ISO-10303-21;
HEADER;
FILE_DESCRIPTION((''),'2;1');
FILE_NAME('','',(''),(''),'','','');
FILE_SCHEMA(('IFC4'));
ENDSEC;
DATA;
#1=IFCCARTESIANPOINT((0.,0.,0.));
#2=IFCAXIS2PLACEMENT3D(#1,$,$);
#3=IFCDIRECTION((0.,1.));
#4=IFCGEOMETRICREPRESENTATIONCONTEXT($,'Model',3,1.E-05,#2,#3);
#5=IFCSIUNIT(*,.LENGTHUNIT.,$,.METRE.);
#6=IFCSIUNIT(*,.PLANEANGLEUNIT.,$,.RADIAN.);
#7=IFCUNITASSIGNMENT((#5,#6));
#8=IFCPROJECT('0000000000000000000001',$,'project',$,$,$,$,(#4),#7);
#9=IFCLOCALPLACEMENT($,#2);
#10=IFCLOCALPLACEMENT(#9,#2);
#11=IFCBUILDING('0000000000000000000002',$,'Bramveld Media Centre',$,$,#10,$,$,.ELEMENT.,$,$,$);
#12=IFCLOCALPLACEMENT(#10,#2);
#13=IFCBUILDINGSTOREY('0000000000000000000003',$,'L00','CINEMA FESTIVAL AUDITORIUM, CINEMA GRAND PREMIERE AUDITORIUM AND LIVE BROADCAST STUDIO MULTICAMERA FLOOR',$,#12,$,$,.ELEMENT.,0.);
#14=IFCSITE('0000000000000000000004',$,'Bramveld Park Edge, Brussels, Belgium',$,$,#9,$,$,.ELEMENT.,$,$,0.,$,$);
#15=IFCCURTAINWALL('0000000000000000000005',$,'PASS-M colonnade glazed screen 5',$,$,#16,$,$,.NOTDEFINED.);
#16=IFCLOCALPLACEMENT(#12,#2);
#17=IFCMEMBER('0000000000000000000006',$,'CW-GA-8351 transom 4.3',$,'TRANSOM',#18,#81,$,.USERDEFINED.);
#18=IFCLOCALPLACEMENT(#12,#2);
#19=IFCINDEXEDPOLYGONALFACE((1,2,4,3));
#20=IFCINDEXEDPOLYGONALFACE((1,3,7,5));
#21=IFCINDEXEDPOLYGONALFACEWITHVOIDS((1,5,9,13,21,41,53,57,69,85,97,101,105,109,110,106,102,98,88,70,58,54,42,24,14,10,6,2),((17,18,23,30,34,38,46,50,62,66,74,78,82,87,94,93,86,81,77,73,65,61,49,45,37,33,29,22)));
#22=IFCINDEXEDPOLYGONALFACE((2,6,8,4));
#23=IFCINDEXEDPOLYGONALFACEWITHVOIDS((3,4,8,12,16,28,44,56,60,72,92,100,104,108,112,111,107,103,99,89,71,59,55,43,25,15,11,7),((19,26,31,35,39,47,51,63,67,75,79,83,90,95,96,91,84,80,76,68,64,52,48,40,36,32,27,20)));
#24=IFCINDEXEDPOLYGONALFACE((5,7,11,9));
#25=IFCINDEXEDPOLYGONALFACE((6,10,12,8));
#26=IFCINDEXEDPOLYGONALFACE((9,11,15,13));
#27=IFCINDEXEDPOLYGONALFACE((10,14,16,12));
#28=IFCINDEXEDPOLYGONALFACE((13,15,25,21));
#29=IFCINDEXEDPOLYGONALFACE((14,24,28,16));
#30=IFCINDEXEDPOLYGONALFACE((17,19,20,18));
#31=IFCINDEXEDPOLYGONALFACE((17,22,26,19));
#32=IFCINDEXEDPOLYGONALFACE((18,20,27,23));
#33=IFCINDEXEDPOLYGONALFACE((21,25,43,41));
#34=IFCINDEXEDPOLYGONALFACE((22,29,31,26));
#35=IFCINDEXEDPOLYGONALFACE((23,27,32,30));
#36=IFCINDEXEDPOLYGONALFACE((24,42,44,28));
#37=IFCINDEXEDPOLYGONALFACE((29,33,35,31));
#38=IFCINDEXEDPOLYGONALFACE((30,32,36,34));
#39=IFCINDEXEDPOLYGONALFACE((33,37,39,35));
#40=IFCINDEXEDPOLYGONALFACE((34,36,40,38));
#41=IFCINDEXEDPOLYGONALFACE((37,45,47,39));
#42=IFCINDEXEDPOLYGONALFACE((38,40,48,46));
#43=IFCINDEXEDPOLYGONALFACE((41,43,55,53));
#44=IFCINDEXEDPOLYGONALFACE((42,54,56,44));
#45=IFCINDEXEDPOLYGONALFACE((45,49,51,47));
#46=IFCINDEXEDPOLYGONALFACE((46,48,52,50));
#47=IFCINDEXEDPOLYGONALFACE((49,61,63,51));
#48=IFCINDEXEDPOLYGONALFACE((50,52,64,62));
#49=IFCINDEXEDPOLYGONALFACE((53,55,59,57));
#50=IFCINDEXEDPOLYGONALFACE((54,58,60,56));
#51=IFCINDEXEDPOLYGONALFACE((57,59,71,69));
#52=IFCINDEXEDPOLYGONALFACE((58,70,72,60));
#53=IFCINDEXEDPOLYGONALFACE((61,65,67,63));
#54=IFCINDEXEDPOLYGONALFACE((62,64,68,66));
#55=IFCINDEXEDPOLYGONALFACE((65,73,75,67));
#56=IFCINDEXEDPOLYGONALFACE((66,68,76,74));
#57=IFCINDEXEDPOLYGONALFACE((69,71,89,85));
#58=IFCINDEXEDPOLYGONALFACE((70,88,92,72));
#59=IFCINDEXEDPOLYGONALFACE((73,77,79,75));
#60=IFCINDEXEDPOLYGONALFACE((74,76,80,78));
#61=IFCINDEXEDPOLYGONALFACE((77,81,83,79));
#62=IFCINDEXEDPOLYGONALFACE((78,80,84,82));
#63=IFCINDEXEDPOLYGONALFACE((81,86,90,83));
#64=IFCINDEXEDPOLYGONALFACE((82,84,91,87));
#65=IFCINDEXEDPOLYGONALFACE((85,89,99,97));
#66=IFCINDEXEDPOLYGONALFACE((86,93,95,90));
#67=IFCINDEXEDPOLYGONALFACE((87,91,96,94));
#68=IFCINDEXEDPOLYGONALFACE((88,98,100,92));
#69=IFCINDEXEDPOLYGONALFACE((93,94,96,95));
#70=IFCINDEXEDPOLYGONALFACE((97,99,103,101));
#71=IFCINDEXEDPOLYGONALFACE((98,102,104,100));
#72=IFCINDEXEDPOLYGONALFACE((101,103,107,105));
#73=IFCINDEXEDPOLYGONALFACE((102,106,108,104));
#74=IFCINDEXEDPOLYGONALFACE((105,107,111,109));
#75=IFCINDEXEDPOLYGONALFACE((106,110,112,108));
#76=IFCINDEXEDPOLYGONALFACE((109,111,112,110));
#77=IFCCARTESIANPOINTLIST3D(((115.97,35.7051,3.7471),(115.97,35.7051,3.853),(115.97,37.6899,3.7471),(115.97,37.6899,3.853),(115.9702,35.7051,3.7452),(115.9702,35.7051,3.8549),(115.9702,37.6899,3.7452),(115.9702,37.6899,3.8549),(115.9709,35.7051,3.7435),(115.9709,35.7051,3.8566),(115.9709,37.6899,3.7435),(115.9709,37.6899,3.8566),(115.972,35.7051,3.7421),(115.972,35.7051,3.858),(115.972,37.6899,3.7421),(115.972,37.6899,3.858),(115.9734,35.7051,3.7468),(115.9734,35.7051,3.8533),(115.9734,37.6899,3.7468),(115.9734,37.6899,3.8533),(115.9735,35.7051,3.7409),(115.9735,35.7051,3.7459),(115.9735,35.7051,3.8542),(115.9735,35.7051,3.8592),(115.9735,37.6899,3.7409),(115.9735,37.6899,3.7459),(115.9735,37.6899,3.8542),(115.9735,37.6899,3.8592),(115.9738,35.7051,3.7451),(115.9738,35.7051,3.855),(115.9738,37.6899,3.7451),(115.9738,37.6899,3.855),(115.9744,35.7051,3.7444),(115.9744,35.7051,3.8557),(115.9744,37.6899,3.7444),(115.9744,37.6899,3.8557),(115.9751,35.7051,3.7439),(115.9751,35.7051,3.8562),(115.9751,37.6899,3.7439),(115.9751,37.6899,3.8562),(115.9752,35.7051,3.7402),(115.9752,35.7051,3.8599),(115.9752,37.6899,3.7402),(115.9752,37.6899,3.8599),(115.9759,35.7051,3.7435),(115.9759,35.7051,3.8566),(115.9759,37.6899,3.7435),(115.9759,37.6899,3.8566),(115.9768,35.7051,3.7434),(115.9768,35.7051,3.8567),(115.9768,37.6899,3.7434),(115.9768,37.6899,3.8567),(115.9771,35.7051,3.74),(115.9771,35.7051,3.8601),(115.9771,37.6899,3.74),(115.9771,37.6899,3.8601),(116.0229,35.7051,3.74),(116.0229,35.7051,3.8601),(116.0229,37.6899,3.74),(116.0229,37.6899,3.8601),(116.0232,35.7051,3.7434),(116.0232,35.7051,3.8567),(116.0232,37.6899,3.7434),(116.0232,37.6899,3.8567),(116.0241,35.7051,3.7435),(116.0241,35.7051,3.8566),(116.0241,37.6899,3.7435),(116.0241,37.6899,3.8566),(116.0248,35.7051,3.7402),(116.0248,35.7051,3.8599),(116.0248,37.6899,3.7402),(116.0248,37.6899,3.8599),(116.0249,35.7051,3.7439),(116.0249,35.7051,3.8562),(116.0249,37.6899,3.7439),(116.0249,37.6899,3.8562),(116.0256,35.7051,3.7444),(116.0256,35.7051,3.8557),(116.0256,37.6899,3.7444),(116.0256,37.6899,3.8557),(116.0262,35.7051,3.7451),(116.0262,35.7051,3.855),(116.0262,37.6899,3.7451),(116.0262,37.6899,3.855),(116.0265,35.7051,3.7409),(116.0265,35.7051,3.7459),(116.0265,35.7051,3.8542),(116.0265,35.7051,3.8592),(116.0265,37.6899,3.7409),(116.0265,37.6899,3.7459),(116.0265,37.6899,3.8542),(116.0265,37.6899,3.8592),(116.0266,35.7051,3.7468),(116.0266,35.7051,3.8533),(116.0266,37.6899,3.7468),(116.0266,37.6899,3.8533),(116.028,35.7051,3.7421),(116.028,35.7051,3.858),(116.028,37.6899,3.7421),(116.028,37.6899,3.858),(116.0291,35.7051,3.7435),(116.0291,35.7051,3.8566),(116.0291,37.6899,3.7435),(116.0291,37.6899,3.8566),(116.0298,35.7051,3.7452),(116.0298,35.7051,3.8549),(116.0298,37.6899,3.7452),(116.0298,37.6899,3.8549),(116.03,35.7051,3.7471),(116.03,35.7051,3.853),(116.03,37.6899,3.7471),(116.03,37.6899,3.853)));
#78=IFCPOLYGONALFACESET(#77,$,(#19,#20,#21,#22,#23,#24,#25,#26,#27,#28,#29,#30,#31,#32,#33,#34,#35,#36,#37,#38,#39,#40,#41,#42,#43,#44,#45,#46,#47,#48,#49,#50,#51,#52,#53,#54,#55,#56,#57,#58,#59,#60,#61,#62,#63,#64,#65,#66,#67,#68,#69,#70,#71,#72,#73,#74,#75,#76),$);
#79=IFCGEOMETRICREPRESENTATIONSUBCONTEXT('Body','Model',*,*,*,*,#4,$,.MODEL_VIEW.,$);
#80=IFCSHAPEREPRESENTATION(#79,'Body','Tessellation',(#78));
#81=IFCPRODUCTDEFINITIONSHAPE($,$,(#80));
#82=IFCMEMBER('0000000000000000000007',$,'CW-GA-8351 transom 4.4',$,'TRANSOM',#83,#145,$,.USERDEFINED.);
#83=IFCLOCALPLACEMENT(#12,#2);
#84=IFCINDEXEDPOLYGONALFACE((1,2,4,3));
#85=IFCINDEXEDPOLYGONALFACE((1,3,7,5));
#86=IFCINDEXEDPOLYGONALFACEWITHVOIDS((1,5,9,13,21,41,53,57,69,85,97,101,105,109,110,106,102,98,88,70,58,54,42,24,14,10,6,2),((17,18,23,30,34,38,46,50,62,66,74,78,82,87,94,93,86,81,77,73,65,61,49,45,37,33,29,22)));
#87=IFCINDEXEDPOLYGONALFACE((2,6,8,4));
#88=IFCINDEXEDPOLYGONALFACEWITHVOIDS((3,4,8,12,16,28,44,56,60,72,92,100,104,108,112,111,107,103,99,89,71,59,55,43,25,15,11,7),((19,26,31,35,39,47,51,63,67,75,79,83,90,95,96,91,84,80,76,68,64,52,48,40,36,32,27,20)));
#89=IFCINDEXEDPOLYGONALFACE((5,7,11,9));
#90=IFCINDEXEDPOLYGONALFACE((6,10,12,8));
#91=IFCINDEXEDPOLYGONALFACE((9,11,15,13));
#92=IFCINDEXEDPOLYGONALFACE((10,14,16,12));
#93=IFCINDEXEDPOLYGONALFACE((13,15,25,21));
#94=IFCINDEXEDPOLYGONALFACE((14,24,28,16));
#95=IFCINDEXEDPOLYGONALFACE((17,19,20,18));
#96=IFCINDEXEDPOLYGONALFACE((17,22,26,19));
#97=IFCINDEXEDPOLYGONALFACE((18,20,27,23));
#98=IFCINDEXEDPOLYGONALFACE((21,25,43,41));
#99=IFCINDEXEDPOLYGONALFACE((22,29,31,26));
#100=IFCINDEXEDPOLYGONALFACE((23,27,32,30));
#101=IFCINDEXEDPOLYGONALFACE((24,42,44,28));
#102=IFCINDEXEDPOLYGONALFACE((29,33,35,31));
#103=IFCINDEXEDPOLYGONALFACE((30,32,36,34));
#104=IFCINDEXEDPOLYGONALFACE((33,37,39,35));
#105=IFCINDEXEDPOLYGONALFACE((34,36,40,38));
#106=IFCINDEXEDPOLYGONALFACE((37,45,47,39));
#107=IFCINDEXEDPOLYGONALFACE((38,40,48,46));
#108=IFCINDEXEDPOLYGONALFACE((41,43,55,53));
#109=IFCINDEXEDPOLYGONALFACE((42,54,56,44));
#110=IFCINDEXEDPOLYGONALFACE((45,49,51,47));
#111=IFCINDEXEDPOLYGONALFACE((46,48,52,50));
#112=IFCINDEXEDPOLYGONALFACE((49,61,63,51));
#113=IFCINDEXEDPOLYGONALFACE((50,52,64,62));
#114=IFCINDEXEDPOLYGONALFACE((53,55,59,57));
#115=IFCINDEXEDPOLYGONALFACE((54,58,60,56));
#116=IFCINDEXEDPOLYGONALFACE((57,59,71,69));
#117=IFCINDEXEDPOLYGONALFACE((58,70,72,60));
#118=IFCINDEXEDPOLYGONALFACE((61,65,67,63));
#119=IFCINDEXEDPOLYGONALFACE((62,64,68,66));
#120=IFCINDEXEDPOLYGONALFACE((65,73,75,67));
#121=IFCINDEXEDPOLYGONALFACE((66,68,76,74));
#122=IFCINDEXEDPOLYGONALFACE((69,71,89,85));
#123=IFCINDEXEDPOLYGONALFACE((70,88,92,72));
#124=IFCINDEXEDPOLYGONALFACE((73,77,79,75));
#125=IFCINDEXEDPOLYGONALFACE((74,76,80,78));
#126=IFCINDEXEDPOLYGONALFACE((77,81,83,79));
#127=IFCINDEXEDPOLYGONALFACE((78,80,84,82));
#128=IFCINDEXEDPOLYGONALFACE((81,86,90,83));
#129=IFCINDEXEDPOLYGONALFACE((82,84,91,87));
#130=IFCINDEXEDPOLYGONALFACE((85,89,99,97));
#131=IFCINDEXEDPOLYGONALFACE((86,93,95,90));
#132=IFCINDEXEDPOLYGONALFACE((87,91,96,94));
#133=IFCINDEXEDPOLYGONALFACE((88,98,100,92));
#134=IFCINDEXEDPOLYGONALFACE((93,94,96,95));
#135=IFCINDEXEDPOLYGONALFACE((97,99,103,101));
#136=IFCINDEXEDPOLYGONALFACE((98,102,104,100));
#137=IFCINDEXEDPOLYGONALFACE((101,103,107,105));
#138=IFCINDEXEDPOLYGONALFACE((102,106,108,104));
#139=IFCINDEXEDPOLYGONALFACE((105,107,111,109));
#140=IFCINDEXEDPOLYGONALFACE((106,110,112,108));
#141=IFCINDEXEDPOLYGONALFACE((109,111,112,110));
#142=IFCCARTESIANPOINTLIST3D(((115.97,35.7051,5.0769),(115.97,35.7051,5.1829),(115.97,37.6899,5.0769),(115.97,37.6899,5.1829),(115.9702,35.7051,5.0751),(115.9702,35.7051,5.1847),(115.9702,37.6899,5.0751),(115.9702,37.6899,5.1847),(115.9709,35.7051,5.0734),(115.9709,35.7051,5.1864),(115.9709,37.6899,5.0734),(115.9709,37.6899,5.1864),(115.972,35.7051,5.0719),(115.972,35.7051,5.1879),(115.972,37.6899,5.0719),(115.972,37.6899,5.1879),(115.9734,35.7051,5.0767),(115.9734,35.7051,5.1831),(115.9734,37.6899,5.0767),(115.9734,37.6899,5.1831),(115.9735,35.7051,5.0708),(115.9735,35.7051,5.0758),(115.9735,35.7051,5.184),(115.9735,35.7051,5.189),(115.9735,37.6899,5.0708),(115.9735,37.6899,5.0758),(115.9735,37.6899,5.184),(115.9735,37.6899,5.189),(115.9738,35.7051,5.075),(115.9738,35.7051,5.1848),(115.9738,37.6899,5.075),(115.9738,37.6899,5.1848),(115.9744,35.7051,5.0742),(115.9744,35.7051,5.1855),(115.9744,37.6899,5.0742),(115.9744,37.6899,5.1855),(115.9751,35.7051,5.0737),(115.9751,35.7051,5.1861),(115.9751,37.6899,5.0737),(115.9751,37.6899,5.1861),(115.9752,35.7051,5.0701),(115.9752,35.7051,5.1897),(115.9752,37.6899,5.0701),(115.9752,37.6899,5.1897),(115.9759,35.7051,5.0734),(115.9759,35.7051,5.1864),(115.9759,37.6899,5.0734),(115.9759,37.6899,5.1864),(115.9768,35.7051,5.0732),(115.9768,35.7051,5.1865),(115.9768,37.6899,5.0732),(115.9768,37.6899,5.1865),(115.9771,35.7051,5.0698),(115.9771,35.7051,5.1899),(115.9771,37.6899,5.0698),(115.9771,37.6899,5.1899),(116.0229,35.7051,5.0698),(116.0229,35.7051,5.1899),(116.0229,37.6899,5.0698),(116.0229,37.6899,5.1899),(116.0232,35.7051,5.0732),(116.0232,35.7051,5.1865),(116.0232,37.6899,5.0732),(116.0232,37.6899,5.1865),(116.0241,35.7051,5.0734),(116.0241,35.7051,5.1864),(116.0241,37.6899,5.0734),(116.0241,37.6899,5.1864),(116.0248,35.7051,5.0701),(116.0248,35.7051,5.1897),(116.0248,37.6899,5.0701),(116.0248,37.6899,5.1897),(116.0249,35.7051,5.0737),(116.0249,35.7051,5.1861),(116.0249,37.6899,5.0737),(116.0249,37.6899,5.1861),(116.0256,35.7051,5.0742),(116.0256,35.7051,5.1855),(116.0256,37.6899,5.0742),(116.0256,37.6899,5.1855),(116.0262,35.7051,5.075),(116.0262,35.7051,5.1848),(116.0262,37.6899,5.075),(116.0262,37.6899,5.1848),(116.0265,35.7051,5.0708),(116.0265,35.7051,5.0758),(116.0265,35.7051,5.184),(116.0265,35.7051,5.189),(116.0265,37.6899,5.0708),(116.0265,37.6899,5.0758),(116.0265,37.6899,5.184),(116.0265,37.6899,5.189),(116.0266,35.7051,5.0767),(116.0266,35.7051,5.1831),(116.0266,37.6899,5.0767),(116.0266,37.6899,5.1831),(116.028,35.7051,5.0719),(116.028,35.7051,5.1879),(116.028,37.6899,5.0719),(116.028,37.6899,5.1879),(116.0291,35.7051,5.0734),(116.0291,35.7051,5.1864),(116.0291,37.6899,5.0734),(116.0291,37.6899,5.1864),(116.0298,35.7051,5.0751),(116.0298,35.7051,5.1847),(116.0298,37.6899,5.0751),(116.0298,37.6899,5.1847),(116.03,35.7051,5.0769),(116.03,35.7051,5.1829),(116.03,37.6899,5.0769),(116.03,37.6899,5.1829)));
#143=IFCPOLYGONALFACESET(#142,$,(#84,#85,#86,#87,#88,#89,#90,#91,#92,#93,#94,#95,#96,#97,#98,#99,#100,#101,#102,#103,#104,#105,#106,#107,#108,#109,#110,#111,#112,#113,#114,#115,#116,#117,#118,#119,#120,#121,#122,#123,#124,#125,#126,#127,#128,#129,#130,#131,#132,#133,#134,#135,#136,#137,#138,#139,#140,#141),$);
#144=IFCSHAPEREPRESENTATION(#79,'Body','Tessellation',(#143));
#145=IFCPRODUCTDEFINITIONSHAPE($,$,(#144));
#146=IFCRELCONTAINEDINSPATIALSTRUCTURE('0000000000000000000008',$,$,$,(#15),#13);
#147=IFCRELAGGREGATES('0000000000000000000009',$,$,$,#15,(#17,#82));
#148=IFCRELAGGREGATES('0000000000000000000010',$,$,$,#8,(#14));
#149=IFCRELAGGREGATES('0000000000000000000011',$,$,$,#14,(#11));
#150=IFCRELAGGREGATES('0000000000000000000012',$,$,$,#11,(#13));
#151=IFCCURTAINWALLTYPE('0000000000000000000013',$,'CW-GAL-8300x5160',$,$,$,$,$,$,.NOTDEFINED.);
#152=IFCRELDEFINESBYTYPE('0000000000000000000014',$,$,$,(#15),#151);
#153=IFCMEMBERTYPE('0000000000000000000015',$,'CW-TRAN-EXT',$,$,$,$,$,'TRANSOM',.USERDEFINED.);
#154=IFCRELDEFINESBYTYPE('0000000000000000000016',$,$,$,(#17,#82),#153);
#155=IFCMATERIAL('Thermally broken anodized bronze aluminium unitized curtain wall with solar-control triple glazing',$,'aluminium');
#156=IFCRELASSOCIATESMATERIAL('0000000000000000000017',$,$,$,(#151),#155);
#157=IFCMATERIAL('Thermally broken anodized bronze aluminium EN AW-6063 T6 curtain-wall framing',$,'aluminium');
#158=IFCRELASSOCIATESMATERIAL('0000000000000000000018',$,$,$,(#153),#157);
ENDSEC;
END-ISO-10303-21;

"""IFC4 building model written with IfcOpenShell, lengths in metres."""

from ifc_helpers import new_model, si_unit, direction, frame, origin, origin_2d, place, context, subcontext, project, spatial, hollow_rectangle, extrude, material, material_profile, profile_set, type_object, element, aggregate, save


model = new_model("IFC4")

# Units and contexts
model_context = context("Model", 3, precision=1e-05, world=origin(), true_north=direction((0.0, 1.0)))
body_context = subcontext(model_context, "Body", "Model", "MODEL_VIEW")
ifc_project = project(units=[si_unit("LENGTHUNIT", "METRE"), si_unit("PLANEANGLEUNIT", "RADIAN")], contexts=[model_context])

# Site, building, storey
site_placement = place(None, origin())
site = spatial("IfcSite", under=ifc_project, at=site_placement, Name="Bramveld Park Edge, Brussels, Belgium", CompositionType="ELEMENT", RefElevation=0.0)
building_placement = place(site_placement, origin())
building = spatial("IfcBuilding", under=site, at=building_placement, Name="Bramveld Media Centre", CompositionType="ELEMENT")
storey_placement = place(building_placement, origin())
storey = spatial("IfcBuildingStorey", under=building, at=storey_placement, Name="L00", Description="CINEMA FESTIVAL AUDITORIUM, CINEMA GRAND PREMIERE AUDITORIUM AND LIVE BROADCAST STUDIO MULTICAMERA FLOOR", CompositionType="ELEMENT", Elevation=0.0)

# Curtain wall, members
ifc_material_1 = material(Name="Thermally broken anodized bronze aluminium unitized curtain wall with solar-control triple glazing", Category="aluminium")
curtain_wall_type = type_object("IfcCurtainWallType", Name="CW-GAL-8300x5160", PredefinedType="NOTDEFINED", material=ifc_material_1)
curtain_wall_1_placement = place(storey_placement, origin())
curtain_wall_1 = element("IfcCurtainWall", 1, at=curtain_wall_1_placement, inside=storey, type_object=curtain_wall_type, Name="PASS-M colonnade glazed screen 5", PredefinedType="NOTDEFINED")
ifc_material_2 = material(Name="Thermally broken anodized bronze aluminium EN AW-6063 T6 curtain-wall framing", Category="aluminium")
ifc_material_profile_1 = material_profile(ifc_material_2, hollow_rectangle(XDim=0.0601, YDim=0.1201, WallThickness=0.0034, InnerFilletRadius=0.0034, OuterFilletRadius=0.0071, at=origin_2d()), Name="AL-TRAN 60x120")
ifc_profile_set_1 = profile_set([ifc_material_profile_1], Name="Thermally broken anodized bronze aluminium EN AW-6063 T6 curtain-wall framing")
member_type_1 = type_object("IfcMemberType", Name="CW-TRAN-EXT", ElementType="TRANSOM", PredefinedType="USERDEFINED", material=ifc_profile_set_1)
member_1_placement = place(storey_placement, frame((116.0, 35.7051, 3.8), z_axis=(0.0, 1.0, 0.0), x_axis=(-1.0, 0.0, 0.0)))
member_1 = element("IfcMember", 2, at=member_1_placement, type_object=member_type_1, Name="CW-GA-8351 transom 4.3", ObjectType="TRANSOM", PredefinedType="USERDEFINED", context=body_context, shape_type="SweptSolid", body=[
    extrude(hollow_rectangle(XDim=0.0601, YDim=0.1201, WallThickness=0.0034, InnerFilletRadius=0.0034, OuterFilletRadius=0.0071, at=origin_2d()), origin(), (0.0, 0.0, 1.0), 1.9849),
])
member_2_placement = place(storey_placement, frame((116.0, 35.7051, 5.1299), z_axis=(0.0, 1.0, 0.0), x_axis=(-1.0, 0.0, 0.0)))
member_2 = element("IfcMember", 3, at=member_2_placement, type_object=member_type_1, Name="CW-GA-8351 transom 4.4", ObjectType="TRANSOM", PredefinedType="USERDEFINED", context=body_context, shape_type="SweptSolid", body=[
    extrude(hollow_rectangle(XDim=0.0601, YDim=0.1201, WallThickness=0.0034, InnerFilletRadius=0.0034, OuterFilletRadius=0.0071, at=origin_2d()), origin(), (0.0, 0.0, 1.0), 1.9849),
])

aggregate(curtain_wall_1, [member_1, member_2])

save(model, "model.ifc")
